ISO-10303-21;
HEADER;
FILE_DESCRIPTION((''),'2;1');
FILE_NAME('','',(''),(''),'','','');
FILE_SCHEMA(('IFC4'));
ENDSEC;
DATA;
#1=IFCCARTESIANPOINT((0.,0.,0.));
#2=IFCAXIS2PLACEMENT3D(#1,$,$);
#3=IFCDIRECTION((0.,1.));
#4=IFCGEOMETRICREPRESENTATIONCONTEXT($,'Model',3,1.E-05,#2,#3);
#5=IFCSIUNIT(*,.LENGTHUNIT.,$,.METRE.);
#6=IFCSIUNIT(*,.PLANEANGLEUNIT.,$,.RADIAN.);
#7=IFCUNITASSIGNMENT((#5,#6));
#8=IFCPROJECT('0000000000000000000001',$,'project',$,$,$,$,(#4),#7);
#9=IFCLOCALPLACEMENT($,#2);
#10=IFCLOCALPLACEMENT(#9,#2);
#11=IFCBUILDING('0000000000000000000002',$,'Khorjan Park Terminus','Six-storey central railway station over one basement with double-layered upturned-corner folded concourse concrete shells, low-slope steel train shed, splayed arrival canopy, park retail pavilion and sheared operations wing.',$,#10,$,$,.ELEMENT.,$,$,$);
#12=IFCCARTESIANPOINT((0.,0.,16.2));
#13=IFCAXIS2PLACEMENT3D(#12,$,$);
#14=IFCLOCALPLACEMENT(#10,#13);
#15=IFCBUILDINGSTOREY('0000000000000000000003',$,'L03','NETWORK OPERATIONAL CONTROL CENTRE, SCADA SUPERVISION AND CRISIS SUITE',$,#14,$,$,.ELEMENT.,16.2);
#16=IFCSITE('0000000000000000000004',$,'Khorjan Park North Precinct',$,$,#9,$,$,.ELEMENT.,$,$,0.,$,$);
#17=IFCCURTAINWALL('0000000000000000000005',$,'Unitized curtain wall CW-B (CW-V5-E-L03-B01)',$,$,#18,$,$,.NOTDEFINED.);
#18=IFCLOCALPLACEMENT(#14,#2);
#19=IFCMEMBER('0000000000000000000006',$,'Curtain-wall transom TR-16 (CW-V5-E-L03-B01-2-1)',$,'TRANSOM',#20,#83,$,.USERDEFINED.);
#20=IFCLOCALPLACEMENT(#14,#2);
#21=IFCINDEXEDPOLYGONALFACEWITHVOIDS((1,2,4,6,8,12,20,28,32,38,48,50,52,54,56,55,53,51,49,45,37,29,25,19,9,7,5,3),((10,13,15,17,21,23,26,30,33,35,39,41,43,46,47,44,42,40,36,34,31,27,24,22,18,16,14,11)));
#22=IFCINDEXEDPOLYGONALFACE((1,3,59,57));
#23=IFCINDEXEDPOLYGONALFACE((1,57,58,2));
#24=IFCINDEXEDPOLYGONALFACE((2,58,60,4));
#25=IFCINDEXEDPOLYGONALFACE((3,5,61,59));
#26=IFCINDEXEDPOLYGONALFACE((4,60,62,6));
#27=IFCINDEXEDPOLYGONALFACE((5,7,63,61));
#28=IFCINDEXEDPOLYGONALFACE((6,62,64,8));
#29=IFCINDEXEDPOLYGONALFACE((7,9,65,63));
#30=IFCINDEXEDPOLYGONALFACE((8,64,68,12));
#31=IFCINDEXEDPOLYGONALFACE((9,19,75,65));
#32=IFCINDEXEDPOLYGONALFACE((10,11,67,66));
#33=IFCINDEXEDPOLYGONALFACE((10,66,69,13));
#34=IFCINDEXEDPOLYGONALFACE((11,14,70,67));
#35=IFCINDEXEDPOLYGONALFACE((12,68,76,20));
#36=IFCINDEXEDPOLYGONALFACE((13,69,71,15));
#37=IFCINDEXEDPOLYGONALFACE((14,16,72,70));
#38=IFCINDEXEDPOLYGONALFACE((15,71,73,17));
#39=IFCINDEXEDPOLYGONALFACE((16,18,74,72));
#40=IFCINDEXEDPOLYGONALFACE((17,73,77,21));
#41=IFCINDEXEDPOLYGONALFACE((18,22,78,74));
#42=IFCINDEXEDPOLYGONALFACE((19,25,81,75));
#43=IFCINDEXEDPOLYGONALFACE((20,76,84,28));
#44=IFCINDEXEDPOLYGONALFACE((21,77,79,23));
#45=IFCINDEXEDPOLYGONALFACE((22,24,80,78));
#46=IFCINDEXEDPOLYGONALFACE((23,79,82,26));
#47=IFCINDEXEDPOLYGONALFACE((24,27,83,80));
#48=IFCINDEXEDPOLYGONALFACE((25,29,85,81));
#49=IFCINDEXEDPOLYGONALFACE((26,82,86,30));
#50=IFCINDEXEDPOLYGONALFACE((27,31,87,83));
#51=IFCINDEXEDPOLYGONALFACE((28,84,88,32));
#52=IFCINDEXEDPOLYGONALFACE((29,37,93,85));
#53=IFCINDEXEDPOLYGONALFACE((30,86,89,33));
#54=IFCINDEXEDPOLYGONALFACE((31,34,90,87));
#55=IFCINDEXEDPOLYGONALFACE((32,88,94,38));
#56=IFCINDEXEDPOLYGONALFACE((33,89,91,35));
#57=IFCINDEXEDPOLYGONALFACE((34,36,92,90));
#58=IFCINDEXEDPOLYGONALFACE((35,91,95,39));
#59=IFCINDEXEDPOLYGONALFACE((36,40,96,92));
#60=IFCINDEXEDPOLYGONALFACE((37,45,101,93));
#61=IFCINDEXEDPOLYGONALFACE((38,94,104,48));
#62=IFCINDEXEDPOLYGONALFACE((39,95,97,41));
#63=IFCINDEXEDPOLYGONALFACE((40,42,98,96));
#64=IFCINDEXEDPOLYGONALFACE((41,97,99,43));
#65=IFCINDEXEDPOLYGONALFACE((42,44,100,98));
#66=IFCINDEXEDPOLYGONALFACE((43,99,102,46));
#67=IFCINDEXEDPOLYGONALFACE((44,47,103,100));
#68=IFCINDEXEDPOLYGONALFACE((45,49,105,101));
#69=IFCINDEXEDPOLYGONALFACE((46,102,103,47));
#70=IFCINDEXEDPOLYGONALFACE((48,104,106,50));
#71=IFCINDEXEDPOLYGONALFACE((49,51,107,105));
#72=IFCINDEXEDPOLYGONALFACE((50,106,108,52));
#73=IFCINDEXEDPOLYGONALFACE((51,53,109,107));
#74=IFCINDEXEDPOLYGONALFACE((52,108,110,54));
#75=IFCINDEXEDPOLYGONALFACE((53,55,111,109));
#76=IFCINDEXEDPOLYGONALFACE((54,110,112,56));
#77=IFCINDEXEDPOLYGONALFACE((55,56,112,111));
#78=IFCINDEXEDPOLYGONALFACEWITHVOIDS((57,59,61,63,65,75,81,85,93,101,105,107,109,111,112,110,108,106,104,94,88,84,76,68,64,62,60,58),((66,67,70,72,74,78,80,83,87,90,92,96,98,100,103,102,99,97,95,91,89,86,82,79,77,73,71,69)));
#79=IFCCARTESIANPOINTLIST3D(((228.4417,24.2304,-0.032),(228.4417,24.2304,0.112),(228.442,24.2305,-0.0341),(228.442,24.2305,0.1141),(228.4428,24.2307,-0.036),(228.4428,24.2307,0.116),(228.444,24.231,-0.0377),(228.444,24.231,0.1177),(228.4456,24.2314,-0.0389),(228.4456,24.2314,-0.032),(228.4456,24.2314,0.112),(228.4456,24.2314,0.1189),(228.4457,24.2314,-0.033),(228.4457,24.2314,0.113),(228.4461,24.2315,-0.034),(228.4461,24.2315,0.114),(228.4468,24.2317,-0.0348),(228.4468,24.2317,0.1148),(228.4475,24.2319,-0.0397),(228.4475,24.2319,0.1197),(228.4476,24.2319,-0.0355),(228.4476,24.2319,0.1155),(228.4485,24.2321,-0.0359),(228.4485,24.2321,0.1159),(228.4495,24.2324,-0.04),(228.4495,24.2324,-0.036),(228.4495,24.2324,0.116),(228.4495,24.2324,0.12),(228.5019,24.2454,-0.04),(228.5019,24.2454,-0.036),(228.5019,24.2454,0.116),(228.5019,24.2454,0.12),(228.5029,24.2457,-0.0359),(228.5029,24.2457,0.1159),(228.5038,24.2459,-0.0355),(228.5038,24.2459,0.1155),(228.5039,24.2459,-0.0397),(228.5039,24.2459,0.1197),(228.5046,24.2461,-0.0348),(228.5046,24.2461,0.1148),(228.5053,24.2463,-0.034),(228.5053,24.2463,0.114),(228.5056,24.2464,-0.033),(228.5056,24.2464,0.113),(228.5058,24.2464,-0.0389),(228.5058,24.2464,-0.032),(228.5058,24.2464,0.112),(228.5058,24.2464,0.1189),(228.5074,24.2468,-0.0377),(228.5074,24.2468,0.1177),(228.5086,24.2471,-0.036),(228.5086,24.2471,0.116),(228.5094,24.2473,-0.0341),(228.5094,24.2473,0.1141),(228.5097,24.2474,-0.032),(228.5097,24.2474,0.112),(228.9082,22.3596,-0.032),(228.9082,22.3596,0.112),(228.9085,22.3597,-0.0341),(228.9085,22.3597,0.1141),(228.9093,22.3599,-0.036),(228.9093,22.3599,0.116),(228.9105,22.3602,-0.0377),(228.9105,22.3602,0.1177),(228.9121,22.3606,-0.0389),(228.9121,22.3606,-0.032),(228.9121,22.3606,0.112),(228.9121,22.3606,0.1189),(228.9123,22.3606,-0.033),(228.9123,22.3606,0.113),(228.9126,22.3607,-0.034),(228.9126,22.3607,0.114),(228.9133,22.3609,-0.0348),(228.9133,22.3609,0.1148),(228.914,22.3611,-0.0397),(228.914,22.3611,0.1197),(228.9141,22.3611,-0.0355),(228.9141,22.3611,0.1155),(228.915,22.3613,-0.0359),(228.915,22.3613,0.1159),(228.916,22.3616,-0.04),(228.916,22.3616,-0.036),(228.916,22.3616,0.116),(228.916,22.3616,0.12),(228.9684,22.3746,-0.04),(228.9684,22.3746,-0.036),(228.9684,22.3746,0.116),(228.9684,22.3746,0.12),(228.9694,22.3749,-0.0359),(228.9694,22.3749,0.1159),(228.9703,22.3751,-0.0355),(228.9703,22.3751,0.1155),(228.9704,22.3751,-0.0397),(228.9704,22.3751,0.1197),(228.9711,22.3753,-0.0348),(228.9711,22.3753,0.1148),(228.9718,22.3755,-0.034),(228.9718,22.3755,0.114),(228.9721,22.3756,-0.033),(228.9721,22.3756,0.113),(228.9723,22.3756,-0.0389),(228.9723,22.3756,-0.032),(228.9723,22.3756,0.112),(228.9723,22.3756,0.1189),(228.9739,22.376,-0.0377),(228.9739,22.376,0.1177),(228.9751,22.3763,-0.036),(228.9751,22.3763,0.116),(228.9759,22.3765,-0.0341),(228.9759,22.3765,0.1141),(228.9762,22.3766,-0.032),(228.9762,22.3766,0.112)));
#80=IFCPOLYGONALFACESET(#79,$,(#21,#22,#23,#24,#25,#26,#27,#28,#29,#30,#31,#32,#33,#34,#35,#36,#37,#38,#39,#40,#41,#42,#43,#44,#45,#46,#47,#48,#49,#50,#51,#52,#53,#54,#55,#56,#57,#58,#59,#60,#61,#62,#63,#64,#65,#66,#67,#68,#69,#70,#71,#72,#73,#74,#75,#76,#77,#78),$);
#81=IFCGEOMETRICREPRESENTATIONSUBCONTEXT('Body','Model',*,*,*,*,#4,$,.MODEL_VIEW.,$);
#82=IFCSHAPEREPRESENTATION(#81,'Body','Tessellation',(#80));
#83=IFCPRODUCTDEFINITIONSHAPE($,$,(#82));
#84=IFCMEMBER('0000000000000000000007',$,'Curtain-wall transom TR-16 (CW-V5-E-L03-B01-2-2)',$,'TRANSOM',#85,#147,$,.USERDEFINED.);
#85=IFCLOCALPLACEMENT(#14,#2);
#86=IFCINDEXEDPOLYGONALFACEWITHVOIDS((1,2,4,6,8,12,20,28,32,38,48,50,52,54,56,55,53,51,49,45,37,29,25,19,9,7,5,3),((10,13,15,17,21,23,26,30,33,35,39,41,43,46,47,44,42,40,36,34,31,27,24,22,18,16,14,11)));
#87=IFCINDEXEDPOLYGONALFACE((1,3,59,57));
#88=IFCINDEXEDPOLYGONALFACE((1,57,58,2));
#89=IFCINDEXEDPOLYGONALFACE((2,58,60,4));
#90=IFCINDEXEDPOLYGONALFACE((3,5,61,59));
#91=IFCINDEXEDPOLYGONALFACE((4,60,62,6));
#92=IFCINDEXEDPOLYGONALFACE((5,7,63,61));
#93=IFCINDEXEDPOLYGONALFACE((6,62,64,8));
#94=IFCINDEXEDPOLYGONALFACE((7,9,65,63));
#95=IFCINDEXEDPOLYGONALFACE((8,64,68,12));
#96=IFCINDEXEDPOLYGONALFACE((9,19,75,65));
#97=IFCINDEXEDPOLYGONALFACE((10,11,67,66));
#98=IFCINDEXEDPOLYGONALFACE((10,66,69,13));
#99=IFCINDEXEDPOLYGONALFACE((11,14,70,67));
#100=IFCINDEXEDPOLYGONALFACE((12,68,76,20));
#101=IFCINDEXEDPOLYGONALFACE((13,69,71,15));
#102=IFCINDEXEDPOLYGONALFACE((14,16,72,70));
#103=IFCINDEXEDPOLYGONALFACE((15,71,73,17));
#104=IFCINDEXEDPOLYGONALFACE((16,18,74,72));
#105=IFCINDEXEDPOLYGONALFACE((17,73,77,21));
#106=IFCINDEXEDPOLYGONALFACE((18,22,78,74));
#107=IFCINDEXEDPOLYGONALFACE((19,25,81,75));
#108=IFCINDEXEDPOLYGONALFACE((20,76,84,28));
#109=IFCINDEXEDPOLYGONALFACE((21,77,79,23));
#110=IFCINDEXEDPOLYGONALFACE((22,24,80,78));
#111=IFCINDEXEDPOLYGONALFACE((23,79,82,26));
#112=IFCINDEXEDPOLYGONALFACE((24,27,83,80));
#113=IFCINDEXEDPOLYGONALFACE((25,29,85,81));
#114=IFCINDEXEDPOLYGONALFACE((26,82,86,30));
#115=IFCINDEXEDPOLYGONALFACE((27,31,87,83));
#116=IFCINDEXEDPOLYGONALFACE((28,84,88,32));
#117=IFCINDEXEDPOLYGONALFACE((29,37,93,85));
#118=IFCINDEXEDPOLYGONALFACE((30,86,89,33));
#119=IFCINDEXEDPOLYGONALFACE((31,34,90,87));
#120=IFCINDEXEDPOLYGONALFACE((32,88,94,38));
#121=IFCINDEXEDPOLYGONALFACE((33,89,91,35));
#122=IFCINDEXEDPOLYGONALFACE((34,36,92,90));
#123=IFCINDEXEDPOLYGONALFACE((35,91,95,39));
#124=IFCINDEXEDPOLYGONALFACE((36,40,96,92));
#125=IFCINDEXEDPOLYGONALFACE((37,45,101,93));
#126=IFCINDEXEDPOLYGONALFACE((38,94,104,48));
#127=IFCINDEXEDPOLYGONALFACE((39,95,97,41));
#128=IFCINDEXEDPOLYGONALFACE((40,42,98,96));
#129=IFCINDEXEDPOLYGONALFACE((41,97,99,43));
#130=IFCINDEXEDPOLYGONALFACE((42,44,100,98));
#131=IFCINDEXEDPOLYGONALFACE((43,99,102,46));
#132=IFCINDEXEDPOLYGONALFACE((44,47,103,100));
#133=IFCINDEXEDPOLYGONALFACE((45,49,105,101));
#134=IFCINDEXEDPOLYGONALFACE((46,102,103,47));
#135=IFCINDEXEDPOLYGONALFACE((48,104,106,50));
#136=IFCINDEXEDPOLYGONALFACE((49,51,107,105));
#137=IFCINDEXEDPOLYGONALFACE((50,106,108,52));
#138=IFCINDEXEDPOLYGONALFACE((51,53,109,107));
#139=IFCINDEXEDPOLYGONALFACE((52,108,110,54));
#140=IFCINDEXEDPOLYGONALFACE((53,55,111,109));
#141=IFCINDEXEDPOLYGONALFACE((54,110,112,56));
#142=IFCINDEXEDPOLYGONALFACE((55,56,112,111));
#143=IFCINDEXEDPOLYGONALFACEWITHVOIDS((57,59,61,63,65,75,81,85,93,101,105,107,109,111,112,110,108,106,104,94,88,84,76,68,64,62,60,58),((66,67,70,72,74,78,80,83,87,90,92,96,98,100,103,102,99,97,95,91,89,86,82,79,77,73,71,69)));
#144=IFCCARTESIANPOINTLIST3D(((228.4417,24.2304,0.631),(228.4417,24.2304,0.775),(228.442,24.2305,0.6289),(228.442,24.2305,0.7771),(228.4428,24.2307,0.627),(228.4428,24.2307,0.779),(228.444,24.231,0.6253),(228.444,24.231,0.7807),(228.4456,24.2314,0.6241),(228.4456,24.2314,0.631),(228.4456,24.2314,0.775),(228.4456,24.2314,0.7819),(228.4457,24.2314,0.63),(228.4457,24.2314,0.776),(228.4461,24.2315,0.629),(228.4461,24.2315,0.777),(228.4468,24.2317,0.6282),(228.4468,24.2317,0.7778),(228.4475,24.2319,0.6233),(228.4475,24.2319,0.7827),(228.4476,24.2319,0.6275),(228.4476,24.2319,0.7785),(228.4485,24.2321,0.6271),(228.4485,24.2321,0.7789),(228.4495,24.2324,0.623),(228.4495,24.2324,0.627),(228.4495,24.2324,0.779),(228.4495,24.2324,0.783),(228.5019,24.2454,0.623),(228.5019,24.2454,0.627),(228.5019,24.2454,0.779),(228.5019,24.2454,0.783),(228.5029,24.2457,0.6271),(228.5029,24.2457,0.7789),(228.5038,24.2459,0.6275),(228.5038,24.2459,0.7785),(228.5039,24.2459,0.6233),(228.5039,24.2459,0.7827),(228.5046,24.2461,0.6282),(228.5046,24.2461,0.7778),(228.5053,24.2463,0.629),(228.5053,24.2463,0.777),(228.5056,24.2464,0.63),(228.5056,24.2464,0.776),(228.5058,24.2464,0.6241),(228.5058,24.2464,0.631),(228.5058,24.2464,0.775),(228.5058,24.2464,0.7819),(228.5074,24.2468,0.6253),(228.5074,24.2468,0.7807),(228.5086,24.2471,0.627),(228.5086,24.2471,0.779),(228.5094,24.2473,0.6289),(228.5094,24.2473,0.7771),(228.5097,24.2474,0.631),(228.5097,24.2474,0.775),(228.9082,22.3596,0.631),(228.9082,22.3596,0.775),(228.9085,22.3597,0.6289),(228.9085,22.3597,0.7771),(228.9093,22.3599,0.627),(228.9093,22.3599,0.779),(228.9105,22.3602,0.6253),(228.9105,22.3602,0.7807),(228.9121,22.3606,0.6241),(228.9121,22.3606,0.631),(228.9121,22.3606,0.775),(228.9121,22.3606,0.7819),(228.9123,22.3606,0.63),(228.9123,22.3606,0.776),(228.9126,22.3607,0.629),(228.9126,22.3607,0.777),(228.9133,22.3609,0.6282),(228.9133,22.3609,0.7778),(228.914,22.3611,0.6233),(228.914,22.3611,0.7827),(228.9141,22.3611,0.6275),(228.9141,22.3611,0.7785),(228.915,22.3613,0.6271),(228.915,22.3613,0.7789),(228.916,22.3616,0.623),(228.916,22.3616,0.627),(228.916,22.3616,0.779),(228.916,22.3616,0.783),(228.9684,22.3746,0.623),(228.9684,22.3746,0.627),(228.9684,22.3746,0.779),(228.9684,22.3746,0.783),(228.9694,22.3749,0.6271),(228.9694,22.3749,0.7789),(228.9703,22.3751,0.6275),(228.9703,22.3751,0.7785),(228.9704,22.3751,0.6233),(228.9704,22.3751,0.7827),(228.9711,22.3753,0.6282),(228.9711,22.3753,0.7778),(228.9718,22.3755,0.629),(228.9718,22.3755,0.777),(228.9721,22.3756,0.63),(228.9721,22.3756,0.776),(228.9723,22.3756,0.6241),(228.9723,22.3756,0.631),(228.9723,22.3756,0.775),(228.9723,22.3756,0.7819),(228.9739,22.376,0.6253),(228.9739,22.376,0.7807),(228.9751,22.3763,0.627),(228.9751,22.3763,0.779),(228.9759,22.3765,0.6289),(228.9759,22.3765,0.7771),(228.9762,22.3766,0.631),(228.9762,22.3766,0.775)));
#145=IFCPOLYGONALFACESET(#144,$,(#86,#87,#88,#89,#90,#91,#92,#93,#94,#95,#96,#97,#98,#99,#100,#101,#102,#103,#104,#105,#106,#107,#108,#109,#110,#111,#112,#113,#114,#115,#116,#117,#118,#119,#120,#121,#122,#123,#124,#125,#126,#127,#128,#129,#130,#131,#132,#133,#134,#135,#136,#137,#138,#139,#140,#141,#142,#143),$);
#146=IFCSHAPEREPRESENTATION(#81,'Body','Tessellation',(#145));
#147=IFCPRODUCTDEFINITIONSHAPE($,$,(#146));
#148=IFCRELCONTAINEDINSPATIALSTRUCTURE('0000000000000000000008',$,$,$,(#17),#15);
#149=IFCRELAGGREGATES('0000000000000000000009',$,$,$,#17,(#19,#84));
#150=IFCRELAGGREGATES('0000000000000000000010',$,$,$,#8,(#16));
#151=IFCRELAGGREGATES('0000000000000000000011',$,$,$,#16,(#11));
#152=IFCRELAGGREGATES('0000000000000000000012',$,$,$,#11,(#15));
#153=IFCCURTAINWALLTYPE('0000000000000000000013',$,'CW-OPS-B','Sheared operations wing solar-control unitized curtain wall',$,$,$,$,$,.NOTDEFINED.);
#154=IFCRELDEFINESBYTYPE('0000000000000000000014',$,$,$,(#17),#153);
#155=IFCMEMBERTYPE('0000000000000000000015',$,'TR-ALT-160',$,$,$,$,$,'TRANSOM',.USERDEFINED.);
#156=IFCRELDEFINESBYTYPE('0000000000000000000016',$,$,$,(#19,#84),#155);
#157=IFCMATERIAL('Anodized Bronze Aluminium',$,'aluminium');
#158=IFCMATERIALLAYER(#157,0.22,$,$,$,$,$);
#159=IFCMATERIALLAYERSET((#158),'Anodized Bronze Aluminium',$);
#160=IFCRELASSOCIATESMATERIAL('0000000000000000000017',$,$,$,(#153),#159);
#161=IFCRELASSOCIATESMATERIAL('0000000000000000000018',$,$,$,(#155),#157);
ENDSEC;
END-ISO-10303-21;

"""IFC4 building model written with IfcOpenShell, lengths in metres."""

from ifc_helpers import new_model, si_unit, direction, frame, origin, origin_2d, place, context, subcontext, project, spatial, hollow_rectangle, extrude, material, layer, layer_set, material_profile, profile_set, type_object, element, aggregate, save


model = new_model("IFC4")

# Units and contexts
model_context = context("Model", 3, precision=1e-05, world=origin(), true_north=direction((0.0, 1.0)))
body_context = subcontext(model_context, "Body", "Model", "MODEL_VIEW")
ifc_project = project(units=[si_unit("LENGTHUNIT", "METRE"), si_unit("PLANEANGLEUNIT", "RADIAN")], contexts=[model_context])

# Site, building, storey
site_placement = place(None, origin())
site = spatial("IfcSite", under=ifc_project, at=site_placement, Name="Khorjan Park North Precinct", CompositionType="ELEMENT", RefElevation=0.0)
building_placement = place(site_placement, origin())
building = spatial("IfcBuilding", under=site, at=building_placement, Name="Khorjan Park Terminus", Description="Six-storey central railway station over one basement with double-layered upturned-corner folded concourse concrete shells, low-slope steel train shed, splayed arrival canopy, park retail pavilion and sheared operations wing.", CompositionType="ELEMENT")
storey_placement = place(building_placement, frame((0.0, 0.0, 16.2)))
storey = spatial("IfcBuildingStorey", under=building, at=storey_placement, Name="L03", Description="NETWORK OPERATIONAL CONTROL CENTRE, SCADA SUPERVISION AND CRISIS SUITE", CompositionType="ELEMENT", Elevation=16.2)

# Curtain wall, members
ifc_material_1 = material(Name="Anodized Bronze Aluminium", Category="aluminium")
ifc_layer_1 = layer(ifc_material_1, 0.22)
ifc_layer_set_1 = layer_set([ifc_layer_1], Name="Anodized Bronze Aluminium")
curtain_wall_type = type_object("IfcCurtainWallType", Name="CW-OPS-B", Description="Sheared operations wing solar-control unitized curtain wall", PredefinedType="NOTDEFINED", material=ifc_layer_set_1)
curtain_wall_placement = place(storey_placement, origin())
curtain_wall = element("IfcCurtainWall", 1, at=curtain_wall_placement, inside=storey, type_object=curtain_wall_type, Name="Unitized curtain wall CW-B (CW-V5-E-L03-B01)", PredefinedType="NOTDEFINED")
ifc_material_profile_1 = material_profile(ifc_material_1, hollow_rectangle(XDim=0.07, YDim=0.16, WallThickness=0.004, InnerFilletRadius=0.004, OuterFilletRadius=0.008, at=origin_2d()), Name="ALT 70x160x4")
ifc_profile_set_1 = profile_set([ifc_material_profile_1], Name="Anodized Bronze Aluminium")
member_type_1 = type_object("IfcMemberType", Name="TR-ALT-160", ElementType="TRANSOM", PredefinedType="USERDEFINED", material=ifc_profile_set_1)
member_1_placement = place(storey_placement, frame((228.9422, 22.3681, 0.04), z_axis=(-0.24195, 0.970289, 0.0), x_axis=(-0.970289, -0.24195, 0.0)))
member_1 = element("IfcMember", 2, at=member_1_placement, type_object=member_type_1, Name="Curtain-wall transom TR-16 (CW-V5-E-L03-B01-2-1)", ObjectType="TRANSOM", PredefinedType="USERDEFINED", context=body_context, shape_type="SweptSolid", body=[
    extrude(hollow_rectangle(XDim=0.07, YDim=0.16, WallThickness=0.004, InnerFilletRadius=0.004, OuterFilletRadius=0.008, at=origin_2d()), origin(), (0.0, 0.0, 1.0), 1.9281),
])
member_2_placement = place(storey_placement, frame((228.9422, 22.3681, 0.703), z_axis=(-0.24195, 0.970289, 0.0), x_axis=(-0.970289, -0.24195, 0.0)))
member_2 = element("IfcMember", 3, at=member_2_placement, type_object=member_type_1, Name="Curtain-wall transom TR-16 (CW-V5-E-L03-B01-2-2)", ObjectType="TRANSOM", PredefinedType="USERDEFINED", context=body_context, shape_type="SweptSolid", body=[
    extrude(hollow_rectangle(XDim=0.07, YDim=0.16, WallThickness=0.004, InnerFilletRadius=0.004, OuterFilletRadius=0.008, at=origin_2d()), origin(), (0.0, 0.0, 1.0), 1.9281),
])
aggregate(curtain_wall, [member_1, member_2])

save(model, "model.ifc")
